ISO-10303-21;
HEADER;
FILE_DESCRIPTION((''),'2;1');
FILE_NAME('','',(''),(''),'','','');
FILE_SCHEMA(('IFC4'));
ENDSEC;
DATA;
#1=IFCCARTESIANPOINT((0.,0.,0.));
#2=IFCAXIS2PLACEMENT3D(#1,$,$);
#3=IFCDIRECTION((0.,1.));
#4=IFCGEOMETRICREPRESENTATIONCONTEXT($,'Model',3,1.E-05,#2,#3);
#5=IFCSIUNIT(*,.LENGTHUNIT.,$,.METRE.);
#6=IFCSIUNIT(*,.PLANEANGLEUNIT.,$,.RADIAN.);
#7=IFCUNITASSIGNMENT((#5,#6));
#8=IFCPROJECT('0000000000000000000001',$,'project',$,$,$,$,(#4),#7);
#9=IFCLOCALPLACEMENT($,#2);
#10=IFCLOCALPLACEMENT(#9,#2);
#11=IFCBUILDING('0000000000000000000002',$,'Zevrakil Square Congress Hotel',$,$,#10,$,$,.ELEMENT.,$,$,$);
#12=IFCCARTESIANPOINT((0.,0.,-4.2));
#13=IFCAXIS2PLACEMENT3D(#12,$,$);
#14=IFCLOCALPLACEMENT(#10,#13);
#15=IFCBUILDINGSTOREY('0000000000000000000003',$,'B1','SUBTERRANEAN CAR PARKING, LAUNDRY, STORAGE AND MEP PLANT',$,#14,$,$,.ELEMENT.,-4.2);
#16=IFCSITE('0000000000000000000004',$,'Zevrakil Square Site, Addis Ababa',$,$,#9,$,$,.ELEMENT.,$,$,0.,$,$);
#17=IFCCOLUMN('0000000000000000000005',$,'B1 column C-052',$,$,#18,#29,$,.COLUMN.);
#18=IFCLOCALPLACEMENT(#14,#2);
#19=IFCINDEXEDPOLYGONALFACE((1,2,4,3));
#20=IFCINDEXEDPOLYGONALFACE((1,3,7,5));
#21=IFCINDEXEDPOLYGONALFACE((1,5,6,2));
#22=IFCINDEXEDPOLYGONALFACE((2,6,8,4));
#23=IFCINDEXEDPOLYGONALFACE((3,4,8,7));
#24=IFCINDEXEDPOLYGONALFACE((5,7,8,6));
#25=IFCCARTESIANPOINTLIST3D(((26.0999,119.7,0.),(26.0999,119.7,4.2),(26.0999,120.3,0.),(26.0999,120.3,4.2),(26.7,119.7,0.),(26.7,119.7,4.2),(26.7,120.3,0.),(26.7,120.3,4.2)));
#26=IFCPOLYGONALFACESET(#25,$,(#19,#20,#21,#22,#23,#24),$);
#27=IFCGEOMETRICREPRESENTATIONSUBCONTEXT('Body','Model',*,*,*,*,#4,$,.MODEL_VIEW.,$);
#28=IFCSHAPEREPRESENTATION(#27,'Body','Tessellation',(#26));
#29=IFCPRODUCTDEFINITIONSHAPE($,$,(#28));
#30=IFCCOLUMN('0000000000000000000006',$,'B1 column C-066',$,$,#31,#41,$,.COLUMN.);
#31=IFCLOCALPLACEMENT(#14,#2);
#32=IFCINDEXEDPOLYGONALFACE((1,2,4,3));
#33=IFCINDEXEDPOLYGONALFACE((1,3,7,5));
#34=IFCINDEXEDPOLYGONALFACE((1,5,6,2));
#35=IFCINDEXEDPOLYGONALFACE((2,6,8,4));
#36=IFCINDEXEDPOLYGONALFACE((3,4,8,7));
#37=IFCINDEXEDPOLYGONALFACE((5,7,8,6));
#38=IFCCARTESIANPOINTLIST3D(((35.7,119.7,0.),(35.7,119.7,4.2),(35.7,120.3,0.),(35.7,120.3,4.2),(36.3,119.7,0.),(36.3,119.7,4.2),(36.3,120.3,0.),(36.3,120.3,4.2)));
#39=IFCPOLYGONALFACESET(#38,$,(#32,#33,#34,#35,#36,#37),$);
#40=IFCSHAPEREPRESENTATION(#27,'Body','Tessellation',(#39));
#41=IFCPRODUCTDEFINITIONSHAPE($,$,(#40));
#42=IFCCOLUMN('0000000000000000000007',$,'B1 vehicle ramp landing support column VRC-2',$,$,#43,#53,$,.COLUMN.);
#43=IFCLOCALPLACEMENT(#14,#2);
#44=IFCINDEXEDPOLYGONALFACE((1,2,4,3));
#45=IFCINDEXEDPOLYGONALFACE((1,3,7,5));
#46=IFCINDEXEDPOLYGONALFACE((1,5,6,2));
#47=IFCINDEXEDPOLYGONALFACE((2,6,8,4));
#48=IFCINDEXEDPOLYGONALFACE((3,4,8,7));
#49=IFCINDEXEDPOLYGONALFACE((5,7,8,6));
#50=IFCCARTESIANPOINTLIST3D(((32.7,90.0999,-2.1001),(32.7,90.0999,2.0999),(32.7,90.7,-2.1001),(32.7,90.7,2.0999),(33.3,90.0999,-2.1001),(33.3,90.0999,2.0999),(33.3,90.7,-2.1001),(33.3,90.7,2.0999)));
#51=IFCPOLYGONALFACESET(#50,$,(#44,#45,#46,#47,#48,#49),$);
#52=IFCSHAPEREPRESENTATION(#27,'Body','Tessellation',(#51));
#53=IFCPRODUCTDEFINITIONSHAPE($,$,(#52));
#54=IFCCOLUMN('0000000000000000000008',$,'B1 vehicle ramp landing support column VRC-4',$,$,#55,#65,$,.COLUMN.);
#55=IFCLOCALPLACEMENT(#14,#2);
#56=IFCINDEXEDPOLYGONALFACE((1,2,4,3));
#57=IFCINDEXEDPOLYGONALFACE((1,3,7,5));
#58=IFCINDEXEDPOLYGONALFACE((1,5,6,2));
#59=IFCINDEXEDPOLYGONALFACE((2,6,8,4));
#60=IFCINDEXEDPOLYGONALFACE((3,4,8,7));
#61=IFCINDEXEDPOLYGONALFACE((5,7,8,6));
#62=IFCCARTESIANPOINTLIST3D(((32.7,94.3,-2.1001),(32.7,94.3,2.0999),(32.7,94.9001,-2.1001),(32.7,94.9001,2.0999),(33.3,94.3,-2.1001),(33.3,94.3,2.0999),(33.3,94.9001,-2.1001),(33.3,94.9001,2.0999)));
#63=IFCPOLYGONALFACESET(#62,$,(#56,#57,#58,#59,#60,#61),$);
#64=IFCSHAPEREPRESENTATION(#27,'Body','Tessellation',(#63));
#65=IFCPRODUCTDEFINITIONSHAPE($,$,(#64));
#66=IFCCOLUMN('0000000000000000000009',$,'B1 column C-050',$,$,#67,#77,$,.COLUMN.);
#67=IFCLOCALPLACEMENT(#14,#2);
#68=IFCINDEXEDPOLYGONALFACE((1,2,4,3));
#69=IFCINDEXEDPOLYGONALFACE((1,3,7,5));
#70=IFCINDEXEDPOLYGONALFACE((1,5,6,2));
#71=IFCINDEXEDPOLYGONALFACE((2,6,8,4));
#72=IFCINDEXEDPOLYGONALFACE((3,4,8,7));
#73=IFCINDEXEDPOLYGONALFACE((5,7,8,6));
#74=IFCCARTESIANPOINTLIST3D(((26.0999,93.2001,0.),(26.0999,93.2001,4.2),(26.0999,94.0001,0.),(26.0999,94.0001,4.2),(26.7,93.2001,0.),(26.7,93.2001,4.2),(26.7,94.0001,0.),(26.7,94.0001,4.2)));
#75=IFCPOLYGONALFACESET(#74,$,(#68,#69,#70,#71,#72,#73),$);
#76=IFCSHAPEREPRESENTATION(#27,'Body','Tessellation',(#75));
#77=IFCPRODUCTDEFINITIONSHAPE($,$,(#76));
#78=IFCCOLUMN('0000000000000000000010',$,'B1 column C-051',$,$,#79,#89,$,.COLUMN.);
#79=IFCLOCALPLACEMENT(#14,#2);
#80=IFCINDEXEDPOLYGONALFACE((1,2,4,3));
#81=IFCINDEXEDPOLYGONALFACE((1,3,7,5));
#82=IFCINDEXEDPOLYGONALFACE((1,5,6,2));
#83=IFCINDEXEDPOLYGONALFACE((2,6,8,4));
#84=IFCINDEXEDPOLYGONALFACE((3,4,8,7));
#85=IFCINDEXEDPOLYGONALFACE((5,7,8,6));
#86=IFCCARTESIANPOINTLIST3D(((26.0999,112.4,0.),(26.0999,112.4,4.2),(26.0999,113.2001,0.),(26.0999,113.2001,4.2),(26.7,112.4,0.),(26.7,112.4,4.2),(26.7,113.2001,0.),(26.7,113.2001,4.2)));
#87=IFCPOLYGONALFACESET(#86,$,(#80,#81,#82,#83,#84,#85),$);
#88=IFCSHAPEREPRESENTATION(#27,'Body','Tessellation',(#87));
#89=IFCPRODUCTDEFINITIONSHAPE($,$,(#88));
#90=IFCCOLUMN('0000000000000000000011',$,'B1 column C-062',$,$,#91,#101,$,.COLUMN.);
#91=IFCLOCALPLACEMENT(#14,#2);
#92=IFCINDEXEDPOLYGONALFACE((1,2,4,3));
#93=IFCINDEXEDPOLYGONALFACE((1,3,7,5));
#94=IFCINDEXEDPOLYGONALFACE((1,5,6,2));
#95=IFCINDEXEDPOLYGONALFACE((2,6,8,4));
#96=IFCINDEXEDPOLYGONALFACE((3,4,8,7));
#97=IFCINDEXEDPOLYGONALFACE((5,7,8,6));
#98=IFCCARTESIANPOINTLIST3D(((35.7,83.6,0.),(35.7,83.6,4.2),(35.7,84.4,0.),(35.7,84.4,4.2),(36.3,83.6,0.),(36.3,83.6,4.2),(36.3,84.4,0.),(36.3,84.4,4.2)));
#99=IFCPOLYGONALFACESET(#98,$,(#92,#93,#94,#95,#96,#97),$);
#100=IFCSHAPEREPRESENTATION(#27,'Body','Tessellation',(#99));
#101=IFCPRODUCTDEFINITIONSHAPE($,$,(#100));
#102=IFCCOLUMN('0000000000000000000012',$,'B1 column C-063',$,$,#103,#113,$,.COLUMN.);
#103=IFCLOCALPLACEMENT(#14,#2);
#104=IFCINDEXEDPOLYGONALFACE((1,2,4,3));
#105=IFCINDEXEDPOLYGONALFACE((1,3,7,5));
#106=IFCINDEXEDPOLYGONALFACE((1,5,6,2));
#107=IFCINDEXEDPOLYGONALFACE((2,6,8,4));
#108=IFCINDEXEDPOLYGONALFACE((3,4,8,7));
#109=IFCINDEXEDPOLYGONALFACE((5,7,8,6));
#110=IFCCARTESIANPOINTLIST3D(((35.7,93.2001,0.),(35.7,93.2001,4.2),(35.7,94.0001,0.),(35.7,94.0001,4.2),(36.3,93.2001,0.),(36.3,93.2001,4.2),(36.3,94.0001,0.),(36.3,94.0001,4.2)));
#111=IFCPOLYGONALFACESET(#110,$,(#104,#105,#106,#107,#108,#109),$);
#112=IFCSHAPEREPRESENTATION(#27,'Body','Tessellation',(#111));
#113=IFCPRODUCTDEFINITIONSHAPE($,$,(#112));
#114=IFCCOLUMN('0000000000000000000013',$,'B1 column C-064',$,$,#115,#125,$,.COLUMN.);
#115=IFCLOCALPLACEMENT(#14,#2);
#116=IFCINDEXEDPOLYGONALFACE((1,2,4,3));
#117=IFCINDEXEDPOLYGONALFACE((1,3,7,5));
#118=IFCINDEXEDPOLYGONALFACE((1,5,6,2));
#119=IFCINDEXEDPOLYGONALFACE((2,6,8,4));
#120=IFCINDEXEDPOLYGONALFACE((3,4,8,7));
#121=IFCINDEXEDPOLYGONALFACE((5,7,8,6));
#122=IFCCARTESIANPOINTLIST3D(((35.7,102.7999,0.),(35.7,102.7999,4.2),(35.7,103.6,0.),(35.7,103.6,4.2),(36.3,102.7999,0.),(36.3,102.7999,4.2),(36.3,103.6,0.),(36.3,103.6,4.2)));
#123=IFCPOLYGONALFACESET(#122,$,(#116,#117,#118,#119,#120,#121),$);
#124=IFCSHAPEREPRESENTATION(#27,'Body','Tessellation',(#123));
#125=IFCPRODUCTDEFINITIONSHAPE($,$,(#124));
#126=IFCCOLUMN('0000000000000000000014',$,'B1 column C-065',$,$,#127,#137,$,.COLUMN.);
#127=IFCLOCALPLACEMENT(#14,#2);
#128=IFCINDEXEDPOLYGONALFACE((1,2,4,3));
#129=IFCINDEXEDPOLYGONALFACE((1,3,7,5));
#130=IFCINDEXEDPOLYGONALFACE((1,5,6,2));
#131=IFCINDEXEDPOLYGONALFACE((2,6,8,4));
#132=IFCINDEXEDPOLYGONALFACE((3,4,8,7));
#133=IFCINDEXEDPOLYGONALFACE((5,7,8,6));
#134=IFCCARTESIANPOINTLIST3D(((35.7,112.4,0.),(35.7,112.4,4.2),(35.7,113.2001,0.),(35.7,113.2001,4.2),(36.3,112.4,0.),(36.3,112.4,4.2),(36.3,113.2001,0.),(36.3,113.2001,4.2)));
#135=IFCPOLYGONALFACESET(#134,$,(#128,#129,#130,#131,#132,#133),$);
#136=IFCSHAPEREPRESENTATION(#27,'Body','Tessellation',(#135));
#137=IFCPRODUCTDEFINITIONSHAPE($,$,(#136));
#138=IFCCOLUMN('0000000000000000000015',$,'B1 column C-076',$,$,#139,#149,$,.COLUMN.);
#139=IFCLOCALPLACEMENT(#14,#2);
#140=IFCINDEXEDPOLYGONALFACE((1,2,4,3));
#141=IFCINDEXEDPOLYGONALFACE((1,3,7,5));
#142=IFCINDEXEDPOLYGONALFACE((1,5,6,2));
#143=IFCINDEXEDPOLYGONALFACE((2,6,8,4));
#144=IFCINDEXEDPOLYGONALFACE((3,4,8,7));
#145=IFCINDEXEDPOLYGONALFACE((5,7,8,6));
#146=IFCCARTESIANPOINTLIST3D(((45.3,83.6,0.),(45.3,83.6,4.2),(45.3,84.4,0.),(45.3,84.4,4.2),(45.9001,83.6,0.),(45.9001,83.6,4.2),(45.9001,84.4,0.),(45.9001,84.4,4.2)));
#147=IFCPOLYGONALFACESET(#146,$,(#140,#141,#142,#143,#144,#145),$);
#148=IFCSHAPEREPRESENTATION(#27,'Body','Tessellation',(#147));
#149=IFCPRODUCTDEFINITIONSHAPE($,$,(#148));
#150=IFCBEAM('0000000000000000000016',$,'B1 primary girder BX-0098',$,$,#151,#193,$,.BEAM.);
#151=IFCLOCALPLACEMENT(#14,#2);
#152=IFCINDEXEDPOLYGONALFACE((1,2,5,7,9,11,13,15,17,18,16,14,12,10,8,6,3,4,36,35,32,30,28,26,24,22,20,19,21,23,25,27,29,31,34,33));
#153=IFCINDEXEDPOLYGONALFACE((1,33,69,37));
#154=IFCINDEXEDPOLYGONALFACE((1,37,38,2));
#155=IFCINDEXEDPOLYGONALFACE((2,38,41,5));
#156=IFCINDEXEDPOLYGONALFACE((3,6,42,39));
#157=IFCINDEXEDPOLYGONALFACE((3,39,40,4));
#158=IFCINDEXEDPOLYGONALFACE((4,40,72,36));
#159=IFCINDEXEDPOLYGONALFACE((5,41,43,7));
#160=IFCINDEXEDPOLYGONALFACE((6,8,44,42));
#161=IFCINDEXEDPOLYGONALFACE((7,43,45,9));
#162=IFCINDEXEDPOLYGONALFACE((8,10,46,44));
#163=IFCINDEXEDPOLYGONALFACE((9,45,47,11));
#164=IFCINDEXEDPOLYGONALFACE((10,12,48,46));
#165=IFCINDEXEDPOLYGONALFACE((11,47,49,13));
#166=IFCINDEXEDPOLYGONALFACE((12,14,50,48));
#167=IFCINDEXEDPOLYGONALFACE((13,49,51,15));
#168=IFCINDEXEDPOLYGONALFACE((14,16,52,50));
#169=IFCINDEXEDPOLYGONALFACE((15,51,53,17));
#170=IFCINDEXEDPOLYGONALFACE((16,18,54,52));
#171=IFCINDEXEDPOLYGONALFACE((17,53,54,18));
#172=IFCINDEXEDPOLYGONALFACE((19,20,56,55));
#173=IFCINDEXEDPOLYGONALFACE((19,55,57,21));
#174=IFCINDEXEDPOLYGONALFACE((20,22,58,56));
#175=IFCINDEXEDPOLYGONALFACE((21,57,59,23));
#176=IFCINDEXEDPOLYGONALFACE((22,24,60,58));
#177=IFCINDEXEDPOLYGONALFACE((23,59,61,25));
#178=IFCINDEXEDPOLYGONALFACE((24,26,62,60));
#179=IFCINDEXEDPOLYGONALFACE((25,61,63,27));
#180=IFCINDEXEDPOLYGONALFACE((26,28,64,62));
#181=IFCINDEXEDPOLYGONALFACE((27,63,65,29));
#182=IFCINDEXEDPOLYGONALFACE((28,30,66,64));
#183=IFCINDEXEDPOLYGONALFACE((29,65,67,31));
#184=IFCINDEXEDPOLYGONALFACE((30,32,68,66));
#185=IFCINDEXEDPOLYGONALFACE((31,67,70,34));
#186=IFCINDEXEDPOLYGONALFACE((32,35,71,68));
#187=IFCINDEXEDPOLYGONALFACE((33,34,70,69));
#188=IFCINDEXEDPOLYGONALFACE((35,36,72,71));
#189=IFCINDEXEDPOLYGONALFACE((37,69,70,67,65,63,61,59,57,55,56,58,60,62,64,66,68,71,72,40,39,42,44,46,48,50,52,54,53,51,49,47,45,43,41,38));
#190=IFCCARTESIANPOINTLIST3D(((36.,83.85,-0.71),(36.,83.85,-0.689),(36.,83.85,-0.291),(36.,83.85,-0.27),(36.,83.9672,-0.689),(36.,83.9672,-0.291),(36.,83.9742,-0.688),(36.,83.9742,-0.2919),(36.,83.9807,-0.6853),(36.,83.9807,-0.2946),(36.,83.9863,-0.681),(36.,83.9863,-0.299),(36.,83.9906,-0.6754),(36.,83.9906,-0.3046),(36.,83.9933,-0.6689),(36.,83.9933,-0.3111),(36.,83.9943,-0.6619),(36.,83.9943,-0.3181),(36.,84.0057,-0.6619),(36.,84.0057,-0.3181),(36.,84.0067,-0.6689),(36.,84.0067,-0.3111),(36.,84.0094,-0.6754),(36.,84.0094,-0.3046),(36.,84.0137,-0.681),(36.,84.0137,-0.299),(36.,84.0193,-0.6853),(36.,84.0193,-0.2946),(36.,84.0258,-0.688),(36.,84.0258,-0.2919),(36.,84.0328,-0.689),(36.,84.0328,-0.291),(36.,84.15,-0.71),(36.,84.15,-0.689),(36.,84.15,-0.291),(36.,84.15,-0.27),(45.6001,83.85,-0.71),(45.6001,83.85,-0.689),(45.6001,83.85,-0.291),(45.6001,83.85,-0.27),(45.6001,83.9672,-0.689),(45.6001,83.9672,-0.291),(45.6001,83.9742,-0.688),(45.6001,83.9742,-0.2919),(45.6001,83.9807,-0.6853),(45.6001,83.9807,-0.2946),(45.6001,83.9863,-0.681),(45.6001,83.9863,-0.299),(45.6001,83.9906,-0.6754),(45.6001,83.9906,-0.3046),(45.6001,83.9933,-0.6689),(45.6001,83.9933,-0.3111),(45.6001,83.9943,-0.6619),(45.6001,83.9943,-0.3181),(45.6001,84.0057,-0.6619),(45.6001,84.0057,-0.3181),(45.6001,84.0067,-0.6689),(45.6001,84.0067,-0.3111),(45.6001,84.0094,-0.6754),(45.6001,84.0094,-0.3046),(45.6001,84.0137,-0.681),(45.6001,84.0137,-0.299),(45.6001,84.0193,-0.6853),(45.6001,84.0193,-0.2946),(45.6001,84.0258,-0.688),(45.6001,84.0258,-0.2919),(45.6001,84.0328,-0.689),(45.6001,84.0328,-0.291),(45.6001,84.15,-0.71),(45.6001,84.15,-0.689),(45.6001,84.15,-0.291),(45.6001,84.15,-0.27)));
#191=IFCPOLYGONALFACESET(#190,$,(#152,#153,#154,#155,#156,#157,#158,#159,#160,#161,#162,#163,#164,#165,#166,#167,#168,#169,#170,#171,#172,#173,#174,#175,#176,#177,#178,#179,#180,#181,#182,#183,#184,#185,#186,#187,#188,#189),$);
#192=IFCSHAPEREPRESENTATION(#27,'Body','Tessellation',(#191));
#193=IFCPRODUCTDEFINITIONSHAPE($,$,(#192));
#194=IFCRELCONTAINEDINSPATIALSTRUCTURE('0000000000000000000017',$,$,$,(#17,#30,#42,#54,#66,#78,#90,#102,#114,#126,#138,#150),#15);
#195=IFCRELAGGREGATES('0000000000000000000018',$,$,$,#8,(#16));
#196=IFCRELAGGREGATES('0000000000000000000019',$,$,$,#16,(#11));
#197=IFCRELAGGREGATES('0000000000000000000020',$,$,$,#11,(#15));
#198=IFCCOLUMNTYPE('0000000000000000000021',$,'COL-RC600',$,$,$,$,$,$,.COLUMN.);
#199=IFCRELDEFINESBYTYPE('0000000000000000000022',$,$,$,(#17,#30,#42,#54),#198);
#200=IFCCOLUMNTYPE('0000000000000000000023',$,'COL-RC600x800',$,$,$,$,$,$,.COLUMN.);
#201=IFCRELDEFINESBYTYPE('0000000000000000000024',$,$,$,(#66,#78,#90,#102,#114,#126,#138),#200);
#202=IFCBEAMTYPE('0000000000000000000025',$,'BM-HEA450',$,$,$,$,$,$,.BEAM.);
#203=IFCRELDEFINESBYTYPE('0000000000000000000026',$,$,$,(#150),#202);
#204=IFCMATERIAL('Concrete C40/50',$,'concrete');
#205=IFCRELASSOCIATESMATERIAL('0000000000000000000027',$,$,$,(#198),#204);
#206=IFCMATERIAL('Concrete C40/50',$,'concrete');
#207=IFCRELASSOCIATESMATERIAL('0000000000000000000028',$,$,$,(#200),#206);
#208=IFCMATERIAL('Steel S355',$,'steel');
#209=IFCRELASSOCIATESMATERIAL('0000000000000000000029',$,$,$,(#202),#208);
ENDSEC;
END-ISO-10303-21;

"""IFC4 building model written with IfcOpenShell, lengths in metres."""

from ifc_helpers import new_model, si_unit, direction, frame, origin, origin_2d, place, context, subcontext, project, spatial, rectangle, i_section, extrude, material, material_profile, profile_set, type_object, element, save


model = new_model("IFC4")

# Units and contexts
model_context = context("Model", 3, precision=1e-05, world=origin(), true_north=direction((0.0, 1.0)))
body_context = subcontext(model_context, "Body", "Model", "MODEL_VIEW")
ifc_project = project(units=[si_unit("LENGTHUNIT", "METRE"), si_unit("PLANEANGLEUNIT", "RADIAN")], contexts=[model_context])

# Site, building, storey
site_placement = place(None, origin())
site = spatial("IfcSite", under=ifc_project, at=site_placement, Name="Zevrakil Square Site, Addis Ababa", CompositionType="ELEMENT", RefElevation=0.0)
building_placement = place(site_placement, origin())
building = spatial("IfcBuilding", under=site, at=building_placement, Name="Zevrakil Square Congress Hotel", CompositionType="ELEMENT")
storey_placement = place(building_placement, frame((0.0, 0.0, -4.2)))
storey = spatial("IfcBuildingStorey", under=building, at=storey_placement, Name="B1", Description="SUBTERRANEAN CAR PARKING, LAUNDRY, STORAGE AND MEP PLANT", CompositionType="ELEMENT", Elevation=-4.2)

# Columns
ifc_material_1 = material(Name="Concrete C40/50", Category="concrete")
ifc_material_profile_1 = material_profile(ifc_material_1, rectangle(XDim=0.6001, YDim=0.6001, at=origin_2d()), Name="RC 600x600")
ifc_profile_set_1 = profile_set([ifc_material_profile_1], Name="Concrete C40/50")
column_type_1 = type_object("IfcColumnType", Name="COL-RC600", PredefinedType="COLUMN", material=ifc_profile_set_1)
for number, where, z_axis, x_axis, name in (
    (1, (26.3999, 120.0, 0.0), (0.0, 0.0, 1.0), (1.0, 0.0, 0.0), "B1 column C-052"),
    (2, (36.0, 120.0, 0.0), (0.0, 0.0, 1.0), (1.0, 0.0, 0.0), "B1 column C-066"),
    (3, (33.0, 90.3999, -2.1001), (0.0, 0.0, 1.0), (1.0, 0.0, 0.0), "B1 vehicle ramp landing support column VRC-2"),
    (4, (33.0, 94.6001, -2.1001), (0.0, 0.0, 1.0), (1.0, 0.0, 0.0), "B1 vehicle ramp landing support column VRC-4"),
):
    element("IfcColumn", number, at=place(storey_placement, frame(where, z_axis=z_axis, x_axis=x_axis)), inside=storey, type_object=column_type_1, Name=name, PredefinedType="COLUMN", context=body_context, shape_type="SweptSolid", body=[
        extrude(rectangle(XDim=0.6001, YDim=0.6001, at=origin_2d()), origin(), (0.0, 0.0, 1.0), 4.2),
    ])
ifc_material_2 = material(Name="Concrete C40/50", Category="concrete")
ifc_material_profile_2 = material_profile(ifc_material_2, rectangle(XDim=0.6001, YDim=0.8, at=origin_2d()), Name="RC 600x800")
ifc_profile_set_2 = profile_set([ifc_material_profile_2], Name="Concrete C40/50")
column_type_2 = type_object("IfcColumnType", Name="COL-RC600x800", PredefinedType="COLUMN", material=ifc_profile_set_2)
for number, where, z_axis, x_axis, name in (
    (5, (26.3999, 93.6001, 0.0), (0.0, 0.0, 1.0), (1.0, 0.0, 0.0), "B1 column C-050"),
    (6, (26.3999, 112.8, 0.0), (0.0, 0.0, 1.0), (1.0, 0.0, 0.0), "B1 column C-051"),
    (7, (36.0, 84.0, 0.0), (0.0, 0.0, 1.0), (1.0, 0.0, 0.0), "B1 column C-062"),
    (8, (36.0, 93.6001, 0.0), (0.0, 0.0, 1.0), (1.0, 0.0, 0.0), "B1 column C-063"),
    (9, (36.0, 103.2, 0.0), (0.0, 0.0, 1.0), (1.0, 0.0, 0.0), "B1 column C-064"),
    (10, (36.0, 112.8, 0.0), (0.0, 0.0, 1.0), (1.0, 0.0, 0.0), "B1 column C-065"),
    (11, (45.6001, 84.0, 0.0), (0.0, 0.0, 1.0), (1.0, 0.0, 0.0), "B1 column C-076"),
):
    element("IfcColumn", number, at=place(storey_placement, frame(where, z_axis=z_axis, x_axis=x_axis)), inside=storey, type_object=column_type_2, Name=name, PredefinedType="COLUMN", context=body_context, shape_type="SweptSolid", body=[
        extrude(rectangle(XDim=0.6001, YDim=0.8, at=origin_2d()), origin(), (0.0, 0.0, 1.0), 4.2),
    ])

# Beam
ifc_material_3 = material(Name="Steel S355", Category="steel")
ifc_material_profile_3 = material_profile(ifc_material_3, i_section(OverallWidth=0.3, OverallDepth=0.4399, WebThickness=0.0115, FlangeThickness=0.021, FilletRadius=0.0271, at=origin_2d()), Name="HEA 450")
ifc_profile_set_3 = profile_set([ifc_material_profile_3], Name="Steel S355")
beam_type_1 = type_object("IfcBeamType", Name="BM-HEA450", PredefinedType="BEAM", material=ifc_profile_set_3)
beam_1_placement = place(storey_placement, frame((36.0, 84.0, -0.49), z_axis=(1.0, 0.0, 0.0), x_axis=(0.0, 1.0, 0.0)))
element("IfcBeam", 12, at=beam_1_placement, inside=storey, type_object=beam_type_1, Name="B1 primary girder BX-0098", PredefinedType="BEAM", context=body_context, shape_type="SweptSolid", body=[
    extrude(i_section(OverallWidth=0.3, OverallDepth=0.4399, WebThickness=0.0115, FlangeThickness=0.021, FilletRadius=0.0271, at=origin_2d()), origin(), (0.0, 0.0, 1.0), 9.6001),
])

save(model, "model.ifc")
